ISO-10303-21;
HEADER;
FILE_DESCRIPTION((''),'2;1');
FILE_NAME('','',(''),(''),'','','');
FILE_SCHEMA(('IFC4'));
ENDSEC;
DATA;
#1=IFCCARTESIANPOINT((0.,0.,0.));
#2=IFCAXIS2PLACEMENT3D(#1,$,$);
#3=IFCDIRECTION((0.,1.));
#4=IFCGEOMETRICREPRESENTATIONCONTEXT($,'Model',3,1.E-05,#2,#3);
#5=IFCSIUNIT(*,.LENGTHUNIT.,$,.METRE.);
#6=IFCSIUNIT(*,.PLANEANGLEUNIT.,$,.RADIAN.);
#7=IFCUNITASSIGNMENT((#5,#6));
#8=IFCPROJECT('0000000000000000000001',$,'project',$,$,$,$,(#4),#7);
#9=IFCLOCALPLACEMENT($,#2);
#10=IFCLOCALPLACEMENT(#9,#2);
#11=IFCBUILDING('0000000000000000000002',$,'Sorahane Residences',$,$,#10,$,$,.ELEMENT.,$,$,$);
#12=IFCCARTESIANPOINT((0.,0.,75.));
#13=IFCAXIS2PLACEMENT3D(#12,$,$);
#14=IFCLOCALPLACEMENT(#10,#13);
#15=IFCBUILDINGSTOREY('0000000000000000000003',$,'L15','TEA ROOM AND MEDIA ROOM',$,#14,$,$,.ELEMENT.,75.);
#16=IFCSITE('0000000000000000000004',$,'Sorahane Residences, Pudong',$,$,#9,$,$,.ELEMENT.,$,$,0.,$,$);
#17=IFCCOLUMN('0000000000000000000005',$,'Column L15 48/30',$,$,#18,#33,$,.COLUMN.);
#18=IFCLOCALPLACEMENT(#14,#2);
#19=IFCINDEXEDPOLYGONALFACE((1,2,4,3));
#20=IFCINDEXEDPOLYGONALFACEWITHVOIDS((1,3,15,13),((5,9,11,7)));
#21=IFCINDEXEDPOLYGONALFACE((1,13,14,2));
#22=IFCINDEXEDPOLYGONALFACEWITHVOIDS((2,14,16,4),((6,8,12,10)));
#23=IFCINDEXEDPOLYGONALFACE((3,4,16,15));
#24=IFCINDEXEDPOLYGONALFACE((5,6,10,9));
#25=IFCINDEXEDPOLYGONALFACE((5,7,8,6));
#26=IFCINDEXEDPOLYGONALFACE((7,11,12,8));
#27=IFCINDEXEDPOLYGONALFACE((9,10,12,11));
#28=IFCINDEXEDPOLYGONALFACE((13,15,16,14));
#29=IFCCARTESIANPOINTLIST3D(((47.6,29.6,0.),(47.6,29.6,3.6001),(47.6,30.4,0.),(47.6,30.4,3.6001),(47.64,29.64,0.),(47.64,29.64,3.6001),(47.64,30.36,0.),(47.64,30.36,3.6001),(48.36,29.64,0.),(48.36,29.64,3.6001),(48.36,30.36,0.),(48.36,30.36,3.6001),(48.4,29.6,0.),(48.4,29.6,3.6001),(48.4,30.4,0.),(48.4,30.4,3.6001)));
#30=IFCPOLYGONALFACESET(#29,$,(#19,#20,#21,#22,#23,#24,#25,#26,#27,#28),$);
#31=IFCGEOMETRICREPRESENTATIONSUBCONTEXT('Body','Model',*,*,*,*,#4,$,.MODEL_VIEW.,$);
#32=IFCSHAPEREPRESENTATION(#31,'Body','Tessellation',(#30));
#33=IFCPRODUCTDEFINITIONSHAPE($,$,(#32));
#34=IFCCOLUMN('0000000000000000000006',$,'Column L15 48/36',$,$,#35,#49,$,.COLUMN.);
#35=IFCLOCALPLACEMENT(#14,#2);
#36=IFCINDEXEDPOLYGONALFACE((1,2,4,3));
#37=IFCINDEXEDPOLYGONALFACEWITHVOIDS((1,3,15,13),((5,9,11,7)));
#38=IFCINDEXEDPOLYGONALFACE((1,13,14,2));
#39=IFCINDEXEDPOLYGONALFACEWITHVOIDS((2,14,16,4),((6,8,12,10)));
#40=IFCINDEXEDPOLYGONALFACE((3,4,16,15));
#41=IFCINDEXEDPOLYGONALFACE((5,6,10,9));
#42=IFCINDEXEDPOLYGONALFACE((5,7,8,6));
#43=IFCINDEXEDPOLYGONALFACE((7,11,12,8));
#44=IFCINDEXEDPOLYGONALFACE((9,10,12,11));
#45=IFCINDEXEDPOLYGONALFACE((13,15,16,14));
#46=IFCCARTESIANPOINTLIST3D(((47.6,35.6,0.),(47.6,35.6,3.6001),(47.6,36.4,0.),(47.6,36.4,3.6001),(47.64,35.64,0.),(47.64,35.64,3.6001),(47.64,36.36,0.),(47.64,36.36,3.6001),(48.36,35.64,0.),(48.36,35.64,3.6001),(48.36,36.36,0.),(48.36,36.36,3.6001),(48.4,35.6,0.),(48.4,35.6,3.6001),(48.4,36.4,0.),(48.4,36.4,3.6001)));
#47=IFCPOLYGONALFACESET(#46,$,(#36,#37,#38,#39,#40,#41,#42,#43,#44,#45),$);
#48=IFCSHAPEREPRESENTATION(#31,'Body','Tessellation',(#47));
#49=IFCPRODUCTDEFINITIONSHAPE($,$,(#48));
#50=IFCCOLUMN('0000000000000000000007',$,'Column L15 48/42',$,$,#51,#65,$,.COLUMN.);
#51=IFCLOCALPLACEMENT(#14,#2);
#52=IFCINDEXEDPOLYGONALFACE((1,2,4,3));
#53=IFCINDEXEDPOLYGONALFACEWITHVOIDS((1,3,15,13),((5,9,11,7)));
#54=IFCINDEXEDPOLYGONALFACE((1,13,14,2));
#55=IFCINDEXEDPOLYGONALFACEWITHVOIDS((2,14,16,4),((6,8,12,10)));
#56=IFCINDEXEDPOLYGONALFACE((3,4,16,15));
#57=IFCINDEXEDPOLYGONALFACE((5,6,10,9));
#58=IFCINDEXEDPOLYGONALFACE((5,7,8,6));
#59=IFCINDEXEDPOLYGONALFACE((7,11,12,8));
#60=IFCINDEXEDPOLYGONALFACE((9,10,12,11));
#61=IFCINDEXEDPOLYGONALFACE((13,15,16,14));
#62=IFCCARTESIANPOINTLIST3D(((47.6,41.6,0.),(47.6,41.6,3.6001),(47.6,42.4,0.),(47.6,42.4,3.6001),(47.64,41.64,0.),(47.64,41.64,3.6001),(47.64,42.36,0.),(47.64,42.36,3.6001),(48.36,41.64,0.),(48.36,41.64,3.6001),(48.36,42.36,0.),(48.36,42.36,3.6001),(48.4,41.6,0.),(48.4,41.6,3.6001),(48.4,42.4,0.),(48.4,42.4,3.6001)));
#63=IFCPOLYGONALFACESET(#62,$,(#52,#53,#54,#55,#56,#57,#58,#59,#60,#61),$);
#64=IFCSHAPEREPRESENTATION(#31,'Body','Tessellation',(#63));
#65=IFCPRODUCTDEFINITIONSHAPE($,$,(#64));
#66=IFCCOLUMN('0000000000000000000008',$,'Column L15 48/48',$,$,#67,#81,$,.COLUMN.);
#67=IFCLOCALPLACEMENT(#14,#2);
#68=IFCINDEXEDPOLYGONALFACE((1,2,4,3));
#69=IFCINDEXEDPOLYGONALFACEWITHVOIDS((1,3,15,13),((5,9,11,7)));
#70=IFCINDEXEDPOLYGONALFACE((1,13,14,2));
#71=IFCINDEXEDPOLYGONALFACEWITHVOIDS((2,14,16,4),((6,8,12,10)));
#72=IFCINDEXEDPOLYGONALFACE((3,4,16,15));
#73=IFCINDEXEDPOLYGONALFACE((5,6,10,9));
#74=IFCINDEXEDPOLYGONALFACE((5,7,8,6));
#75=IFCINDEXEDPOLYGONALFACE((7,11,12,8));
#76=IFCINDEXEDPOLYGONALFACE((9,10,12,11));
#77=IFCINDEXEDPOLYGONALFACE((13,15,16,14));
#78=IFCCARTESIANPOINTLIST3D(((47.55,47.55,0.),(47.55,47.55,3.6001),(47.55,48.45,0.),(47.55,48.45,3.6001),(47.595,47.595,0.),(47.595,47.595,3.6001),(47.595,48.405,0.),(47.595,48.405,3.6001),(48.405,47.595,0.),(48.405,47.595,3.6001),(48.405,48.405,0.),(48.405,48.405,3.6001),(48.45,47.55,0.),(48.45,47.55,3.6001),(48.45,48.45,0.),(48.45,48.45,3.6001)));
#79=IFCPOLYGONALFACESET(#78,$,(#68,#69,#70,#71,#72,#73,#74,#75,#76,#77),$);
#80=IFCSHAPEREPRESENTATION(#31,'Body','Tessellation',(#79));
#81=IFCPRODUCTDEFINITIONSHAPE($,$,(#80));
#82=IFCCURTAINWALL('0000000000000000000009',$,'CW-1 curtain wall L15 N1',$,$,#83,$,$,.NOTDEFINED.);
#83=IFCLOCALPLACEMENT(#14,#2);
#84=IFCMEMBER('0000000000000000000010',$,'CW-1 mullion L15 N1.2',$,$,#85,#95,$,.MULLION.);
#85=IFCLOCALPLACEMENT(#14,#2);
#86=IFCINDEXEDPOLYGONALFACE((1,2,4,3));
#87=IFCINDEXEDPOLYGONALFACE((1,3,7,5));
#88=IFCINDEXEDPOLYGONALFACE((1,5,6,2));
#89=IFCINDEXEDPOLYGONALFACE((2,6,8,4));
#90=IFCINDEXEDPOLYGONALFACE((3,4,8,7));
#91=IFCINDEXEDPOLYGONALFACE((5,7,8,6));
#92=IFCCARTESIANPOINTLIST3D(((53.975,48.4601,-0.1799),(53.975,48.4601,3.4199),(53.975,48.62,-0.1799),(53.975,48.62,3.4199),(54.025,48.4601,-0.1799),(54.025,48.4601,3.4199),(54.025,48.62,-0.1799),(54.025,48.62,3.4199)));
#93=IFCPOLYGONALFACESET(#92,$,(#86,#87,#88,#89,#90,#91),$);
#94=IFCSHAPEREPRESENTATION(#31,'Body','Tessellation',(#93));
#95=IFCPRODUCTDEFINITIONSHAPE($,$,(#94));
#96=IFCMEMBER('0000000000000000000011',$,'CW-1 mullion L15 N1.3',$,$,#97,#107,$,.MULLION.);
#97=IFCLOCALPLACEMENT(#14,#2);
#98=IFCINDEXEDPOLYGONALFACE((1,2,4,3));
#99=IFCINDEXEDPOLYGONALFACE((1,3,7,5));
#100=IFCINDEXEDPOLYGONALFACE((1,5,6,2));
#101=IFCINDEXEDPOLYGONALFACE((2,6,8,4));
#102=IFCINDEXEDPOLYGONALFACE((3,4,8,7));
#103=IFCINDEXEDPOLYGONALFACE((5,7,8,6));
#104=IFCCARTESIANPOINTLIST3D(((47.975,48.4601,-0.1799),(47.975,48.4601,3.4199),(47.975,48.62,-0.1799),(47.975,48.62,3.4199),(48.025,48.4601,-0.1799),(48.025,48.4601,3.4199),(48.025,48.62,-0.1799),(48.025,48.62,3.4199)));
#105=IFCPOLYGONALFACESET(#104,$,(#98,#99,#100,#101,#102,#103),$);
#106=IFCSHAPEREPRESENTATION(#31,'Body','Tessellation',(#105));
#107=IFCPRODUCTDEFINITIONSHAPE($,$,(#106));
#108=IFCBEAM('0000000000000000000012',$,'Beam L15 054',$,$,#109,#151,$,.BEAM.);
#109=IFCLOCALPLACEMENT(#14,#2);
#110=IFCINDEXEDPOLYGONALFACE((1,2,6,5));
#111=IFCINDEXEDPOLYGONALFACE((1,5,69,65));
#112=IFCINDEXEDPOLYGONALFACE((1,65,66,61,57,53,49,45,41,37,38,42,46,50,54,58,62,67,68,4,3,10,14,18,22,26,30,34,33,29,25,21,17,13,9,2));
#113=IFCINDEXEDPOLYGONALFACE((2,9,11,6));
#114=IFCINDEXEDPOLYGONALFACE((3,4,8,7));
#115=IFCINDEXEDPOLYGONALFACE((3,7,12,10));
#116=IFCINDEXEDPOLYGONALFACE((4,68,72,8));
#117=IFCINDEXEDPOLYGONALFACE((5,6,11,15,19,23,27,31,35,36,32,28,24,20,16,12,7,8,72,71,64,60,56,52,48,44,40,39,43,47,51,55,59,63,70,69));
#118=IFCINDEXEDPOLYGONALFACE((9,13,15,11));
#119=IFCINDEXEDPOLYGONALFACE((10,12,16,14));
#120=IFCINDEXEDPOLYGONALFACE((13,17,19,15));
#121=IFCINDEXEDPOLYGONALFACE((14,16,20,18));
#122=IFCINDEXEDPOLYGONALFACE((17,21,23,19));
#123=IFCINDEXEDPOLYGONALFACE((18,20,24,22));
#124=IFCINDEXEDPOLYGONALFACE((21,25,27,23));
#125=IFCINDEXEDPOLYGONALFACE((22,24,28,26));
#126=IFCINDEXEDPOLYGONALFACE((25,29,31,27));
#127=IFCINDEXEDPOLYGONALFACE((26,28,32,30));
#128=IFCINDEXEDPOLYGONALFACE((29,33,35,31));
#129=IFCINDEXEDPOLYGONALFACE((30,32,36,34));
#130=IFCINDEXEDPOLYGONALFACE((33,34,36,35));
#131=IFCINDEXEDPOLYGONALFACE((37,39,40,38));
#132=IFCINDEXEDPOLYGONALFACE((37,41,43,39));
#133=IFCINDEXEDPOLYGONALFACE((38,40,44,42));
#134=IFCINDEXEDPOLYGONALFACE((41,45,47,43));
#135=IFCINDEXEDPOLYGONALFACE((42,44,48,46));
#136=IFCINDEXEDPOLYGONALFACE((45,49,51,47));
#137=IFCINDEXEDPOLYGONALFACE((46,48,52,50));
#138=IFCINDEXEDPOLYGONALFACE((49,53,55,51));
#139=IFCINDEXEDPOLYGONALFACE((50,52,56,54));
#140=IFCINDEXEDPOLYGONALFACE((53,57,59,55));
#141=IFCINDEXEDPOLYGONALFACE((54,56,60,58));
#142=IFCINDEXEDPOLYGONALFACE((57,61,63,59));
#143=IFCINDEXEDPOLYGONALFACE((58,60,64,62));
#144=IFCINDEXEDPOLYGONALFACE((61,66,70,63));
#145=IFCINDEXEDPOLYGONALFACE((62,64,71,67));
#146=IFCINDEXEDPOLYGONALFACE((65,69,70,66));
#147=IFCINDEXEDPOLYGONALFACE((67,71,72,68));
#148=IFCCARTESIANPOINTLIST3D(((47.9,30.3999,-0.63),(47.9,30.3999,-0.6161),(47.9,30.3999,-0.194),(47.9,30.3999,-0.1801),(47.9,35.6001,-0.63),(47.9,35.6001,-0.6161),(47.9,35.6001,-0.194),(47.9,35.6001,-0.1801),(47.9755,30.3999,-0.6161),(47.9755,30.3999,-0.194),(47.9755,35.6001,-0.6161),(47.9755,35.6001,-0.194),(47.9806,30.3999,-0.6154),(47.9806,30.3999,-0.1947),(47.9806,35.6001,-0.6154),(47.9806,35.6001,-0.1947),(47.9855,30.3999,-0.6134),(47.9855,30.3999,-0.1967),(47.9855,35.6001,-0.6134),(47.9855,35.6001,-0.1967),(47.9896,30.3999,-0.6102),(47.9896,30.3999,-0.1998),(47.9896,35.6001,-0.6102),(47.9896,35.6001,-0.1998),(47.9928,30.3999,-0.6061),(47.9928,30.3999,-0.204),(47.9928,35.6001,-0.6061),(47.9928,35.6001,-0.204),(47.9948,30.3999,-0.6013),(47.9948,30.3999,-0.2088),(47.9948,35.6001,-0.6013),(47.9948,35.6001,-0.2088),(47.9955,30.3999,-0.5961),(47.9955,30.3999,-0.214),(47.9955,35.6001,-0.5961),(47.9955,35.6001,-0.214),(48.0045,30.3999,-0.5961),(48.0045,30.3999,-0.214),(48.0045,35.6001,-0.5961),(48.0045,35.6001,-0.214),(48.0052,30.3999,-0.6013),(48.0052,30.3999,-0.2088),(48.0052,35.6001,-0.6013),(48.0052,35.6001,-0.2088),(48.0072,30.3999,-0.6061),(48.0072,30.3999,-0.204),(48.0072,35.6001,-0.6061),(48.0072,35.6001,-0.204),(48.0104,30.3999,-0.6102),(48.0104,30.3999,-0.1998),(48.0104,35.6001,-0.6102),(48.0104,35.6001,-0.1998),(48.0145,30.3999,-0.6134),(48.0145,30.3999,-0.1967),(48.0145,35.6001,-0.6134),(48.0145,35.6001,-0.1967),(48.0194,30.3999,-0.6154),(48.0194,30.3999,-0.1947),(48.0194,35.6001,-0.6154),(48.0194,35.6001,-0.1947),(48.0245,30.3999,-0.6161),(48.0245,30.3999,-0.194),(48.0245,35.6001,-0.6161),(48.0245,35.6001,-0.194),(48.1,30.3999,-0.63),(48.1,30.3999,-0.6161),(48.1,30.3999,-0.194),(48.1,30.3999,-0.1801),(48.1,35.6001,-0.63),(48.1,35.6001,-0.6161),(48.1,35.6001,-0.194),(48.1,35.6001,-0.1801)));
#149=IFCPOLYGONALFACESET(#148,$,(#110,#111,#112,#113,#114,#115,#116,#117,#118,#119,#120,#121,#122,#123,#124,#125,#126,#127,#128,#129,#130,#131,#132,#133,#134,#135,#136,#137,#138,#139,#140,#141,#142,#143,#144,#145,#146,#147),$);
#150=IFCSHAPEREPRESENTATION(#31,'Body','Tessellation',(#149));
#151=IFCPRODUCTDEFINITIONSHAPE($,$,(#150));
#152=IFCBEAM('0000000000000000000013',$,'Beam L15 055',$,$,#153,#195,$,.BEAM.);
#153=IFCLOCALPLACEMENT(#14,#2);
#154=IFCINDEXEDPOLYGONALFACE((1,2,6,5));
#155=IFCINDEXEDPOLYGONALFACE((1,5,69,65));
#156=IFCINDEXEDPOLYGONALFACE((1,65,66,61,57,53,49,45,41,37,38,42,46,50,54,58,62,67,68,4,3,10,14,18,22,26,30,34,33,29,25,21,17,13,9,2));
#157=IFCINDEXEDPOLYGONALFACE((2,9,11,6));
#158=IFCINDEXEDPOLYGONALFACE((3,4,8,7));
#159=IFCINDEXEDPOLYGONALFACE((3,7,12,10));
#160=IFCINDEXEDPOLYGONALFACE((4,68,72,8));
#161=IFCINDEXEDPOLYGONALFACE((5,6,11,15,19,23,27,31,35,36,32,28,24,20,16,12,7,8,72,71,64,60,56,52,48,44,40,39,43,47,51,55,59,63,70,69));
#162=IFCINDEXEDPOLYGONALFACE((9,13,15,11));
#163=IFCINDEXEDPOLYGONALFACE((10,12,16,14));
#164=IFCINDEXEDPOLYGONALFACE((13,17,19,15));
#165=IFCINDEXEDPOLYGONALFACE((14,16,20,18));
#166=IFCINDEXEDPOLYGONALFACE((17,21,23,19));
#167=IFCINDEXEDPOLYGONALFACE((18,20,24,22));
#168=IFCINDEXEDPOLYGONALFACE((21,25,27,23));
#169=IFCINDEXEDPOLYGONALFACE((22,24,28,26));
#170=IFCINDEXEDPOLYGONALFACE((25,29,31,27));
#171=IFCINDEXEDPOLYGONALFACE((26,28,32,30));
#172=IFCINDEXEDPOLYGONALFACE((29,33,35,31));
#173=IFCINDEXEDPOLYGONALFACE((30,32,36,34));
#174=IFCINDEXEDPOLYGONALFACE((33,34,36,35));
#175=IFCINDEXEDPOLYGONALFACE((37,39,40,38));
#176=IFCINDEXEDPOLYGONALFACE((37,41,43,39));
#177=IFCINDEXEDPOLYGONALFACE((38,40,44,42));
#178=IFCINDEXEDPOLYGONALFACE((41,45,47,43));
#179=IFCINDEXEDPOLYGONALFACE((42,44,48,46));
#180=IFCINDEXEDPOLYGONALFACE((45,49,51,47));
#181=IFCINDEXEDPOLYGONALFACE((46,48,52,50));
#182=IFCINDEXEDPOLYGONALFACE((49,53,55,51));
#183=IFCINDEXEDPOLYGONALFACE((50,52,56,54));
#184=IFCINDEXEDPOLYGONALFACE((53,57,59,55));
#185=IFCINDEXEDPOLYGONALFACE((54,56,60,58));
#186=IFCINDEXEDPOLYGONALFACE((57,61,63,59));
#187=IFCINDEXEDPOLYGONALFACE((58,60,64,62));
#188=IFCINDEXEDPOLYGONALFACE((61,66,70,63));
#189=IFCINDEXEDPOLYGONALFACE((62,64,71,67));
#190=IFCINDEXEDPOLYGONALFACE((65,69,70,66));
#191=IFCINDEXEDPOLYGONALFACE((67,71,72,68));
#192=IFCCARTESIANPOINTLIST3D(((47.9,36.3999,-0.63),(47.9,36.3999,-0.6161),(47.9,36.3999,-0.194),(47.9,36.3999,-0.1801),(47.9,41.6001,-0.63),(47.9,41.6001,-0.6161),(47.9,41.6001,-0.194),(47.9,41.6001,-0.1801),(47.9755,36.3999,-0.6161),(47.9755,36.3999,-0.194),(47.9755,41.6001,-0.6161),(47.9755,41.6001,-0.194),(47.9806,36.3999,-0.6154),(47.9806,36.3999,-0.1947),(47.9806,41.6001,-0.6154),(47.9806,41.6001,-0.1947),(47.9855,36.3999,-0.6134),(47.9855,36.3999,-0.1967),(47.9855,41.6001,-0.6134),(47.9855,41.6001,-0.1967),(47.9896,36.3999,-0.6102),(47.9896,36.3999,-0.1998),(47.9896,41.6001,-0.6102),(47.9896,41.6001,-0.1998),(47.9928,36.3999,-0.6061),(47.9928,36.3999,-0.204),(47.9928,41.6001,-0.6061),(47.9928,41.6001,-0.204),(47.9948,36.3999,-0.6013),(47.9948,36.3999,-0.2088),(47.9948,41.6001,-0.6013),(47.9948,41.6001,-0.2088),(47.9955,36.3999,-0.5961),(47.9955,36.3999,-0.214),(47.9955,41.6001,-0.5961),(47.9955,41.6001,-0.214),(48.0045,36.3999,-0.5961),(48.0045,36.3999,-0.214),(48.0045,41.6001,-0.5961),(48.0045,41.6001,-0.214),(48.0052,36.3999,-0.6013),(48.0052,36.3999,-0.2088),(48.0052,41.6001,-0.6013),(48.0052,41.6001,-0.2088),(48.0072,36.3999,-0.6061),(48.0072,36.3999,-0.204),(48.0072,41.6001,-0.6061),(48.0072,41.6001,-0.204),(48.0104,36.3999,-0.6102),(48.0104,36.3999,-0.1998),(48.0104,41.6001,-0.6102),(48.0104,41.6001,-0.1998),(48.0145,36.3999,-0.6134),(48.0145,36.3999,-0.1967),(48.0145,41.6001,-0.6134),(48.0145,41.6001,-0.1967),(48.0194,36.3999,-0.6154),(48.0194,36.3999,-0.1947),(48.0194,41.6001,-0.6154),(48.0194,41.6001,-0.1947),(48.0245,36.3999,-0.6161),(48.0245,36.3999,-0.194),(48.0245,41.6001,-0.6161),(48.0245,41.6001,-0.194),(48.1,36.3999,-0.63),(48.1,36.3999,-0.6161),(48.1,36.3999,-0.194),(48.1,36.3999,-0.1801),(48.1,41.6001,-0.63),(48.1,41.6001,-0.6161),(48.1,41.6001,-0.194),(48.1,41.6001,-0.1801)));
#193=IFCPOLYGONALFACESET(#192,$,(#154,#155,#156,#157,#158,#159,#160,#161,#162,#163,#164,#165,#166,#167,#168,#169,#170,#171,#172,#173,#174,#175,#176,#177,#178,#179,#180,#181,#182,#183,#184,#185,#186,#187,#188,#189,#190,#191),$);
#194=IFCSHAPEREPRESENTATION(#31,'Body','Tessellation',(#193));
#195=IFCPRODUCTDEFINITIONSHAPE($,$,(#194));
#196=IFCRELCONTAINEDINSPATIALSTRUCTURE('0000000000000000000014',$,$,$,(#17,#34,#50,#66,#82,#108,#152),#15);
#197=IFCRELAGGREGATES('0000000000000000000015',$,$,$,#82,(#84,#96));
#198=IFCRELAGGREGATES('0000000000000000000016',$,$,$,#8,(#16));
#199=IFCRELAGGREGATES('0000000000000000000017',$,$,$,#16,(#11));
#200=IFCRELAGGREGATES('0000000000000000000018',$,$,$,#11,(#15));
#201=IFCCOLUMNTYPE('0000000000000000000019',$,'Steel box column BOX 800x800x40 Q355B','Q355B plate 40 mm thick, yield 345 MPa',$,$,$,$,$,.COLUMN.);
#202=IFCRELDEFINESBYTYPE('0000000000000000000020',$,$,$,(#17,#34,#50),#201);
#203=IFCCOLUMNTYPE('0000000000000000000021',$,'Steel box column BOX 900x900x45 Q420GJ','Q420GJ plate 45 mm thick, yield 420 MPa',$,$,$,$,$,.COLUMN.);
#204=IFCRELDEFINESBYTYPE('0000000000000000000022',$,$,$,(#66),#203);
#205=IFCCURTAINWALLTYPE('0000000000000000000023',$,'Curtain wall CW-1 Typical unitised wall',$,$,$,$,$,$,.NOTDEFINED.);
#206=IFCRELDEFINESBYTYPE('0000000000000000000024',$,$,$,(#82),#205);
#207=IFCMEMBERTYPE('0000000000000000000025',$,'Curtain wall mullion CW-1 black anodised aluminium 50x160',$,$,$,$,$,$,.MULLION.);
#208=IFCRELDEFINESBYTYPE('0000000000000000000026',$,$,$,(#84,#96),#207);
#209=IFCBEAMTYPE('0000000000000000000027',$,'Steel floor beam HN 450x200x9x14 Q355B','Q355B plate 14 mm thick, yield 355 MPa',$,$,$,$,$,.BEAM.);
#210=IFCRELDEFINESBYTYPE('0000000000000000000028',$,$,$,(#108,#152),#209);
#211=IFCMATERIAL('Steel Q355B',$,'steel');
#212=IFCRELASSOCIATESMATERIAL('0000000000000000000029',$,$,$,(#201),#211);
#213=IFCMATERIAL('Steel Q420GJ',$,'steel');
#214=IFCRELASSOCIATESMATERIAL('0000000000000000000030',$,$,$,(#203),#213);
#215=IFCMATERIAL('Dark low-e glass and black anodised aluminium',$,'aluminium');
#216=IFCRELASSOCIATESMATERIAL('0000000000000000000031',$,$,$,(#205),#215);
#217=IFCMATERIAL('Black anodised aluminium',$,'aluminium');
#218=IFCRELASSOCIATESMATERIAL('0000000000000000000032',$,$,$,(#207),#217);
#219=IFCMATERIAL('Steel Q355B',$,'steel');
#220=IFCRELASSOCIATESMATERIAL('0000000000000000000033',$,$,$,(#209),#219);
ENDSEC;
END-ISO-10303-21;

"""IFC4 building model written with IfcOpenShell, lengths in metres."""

from ifc_helpers import new_model, si_unit, direction, frame, origin, origin_2d, place, context, subcontext, project, spatial, rectangle, hollow_rectangle, i_section, extrude, material, material_profile, profile_set, type_object, element, aggregate, save


model = new_model("IFC4")

# Units and contexts
model_context = context("Model", 3, precision=1e-05, world=origin(), true_north=direction((0.0, 1.0)))
body_context = subcontext(model_context, "Body", "Model", "MODEL_VIEW")
ifc_project = project(units=[si_unit("LENGTHUNIT", "METRE"), si_unit("PLANEANGLEUNIT", "RADIAN")], contexts=[model_context])

# Site, building, storey
site_placement = place(None, origin())
site = spatial("IfcSite", under=ifc_project, at=site_placement, Name="Sorahane Residences, Pudong", CompositionType="ELEMENT", RefElevation=0.0)
building_placement = place(site_placement, origin())
building = spatial("IfcBuilding", under=site, at=building_placement, Name="Sorahane Residences", CompositionType="ELEMENT")
storey_placement = place(building_placement, frame((0.0, 0.0, 75.0)))
storey = spatial("IfcBuildingStorey", under=building, at=storey_placement, Name="L15", Description="TEA ROOM AND MEDIA ROOM", CompositionType="ELEMENT", Elevation=75.0)

# Columns
ifc_material_1 = material(Name="Steel Q355B", Category="steel")
ifc_material_profile_1 = material_profile(ifc_material_1, hollow_rectangle(XDim=0.8, YDim=0.8, WallThickness=0.04, at=origin_2d()), Name="BOX 800x800x40")
ifc_profile_set_1 = profile_set([ifc_material_profile_1], Name="Steel Q355B")
column_type_1 = type_object("IfcColumnType", Name="Steel box column BOX 800x800x40 Q355B", Description="Q355B plate 40 mm thick, yield 345 MPa", PredefinedType="COLUMN", material=ifc_profile_set_1)
for number, where, z_axis, x_axis, name in (
    (1, (48.0, 30.0, 0.0), (0.0, 0.0, 1.0), (1.0, 0.0, 0.0), "Column L15 48/30"),
    (2, (48.0, 36.0, 0.0), (0.0, 0.0, 1.0), (1.0, 0.0, 0.0), "Column L15 48/36"),
    (3, (48.0, 42.0, 0.0), (0.0, 0.0, 1.0), (1.0, 0.0, 0.0), "Column L15 48/42"),
):
    element("IfcColumn", number, at=place(storey_placement, frame(where, z_axis=z_axis, x_axis=x_axis)), inside=storey, type_object=column_type_1, Name=name, PredefinedType="COLUMN", context=body_context, shape_type="SweptSolid", body=[
        extrude(hollow_rectangle(XDim=0.8, YDim=0.8, WallThickness=0.04, at=origin_2d()), origin(), (0.0, 0.0, 1.0), 3.6001),
    ])
ifc_material_2 = material(Name="Steel Q420GJ", Category="steel")
ifc_material_profile_2 = material_profile(ifc_material_2, hollow_rectangle(XDim=0.8999, YDim=0.8999, WallThickness=0.0449, at=origin_2d()), Name="BOX 900x900x45")
ifc_profile_set_2 = profile_set([ifc_material_profile_2], Name="Steel Q420GJ")
column_type_2 = type_object("IfcColumnType", Name="Steel box column BOX 900x900x45 Q420GJ", Description="Q420GJ plate 45 mm thick, yield 420 MPa", PredefinedType="COLUMN", material=ifc_profile_set_2)
column_placement = place(storey_placement, frame((48.0, 48.0, 0.0), z_axis=(0.0, 0.0, 1.0), x_axis=(1.0, 0.0, 0.0)))
element("IfcColumn", 4, at=column_placement, inside=storey, type_object=column_type_2, Name="Column L15 48/48", PredefinedType="COLUMN", context=body_context, shape_type="SweptSolid", body=[
    extrude(hollow_rectangle(XDim=0.8999, YDim=0.8999, WallThickness=0.0449, at=origin_2d()), origin(), (0.0, 0.0, 1.0), 3.6001),
])

# Curtain wall, members
ifc_material_3 = material(Name="Dark low-e glass and black anodised aluminium", Category="aluminium")
curtain_wall_type = type_object("IfcCurtainWallType", Name="Curtain wall CW-1 Typical unitised wall", PredefinedType="NOTDEFINED", material=ifc_material_3)
curtain_wall_placement = place(storey_placement, origin())
curtain_wall = element("IfcCurtainWall", 5, at=curtain_wall_placement, inside=storey, type_object=curtain_wall_type, Name="CW-1 curtain wall L15 N1", PredefinedType="NOTDEFINED")
ifc_material_4 = material(Name="Black anodised aluminium", Category="aluminium")
ifc_material_profile_3 = material_profile(ifc_material_4, rectangle(XDim=0.1599, YDim=0.05, at=origin_2d()), Name="Curtain wall mullion CW-1 black anodised aluminium 50x160")
ifc_profile_set_3 = profile_set([ifc_material_profile_3], Name="Black anodised aluminium")
member_type = type_object("IfcMemberType", Name="Curtain wall mullion CW-1 black anodised aluminium 50x160", PredefinedType="MULLION", material=ifc_profile_set_3)
member_1_placement = place(storey_placement, frame((54.0, 48.54, -0.1799), z_axis=(0.0, 0.0, 1.0), x_axis=(0.0, 1.0, 0.0)))
member_1 = element("IfcMember", 6, at=member_1_placement, type_object=member_type, Name="CW-1 mullion L15 N1.2", PredefinedType="MULLION", context=body_context, shape_type="SweptSolid", body=[
    extrude(rectangle(XDim=0.1599, YDim=0.05, at=origin_2d()), origin(), (0.0, 0.0, 1.0), 3.5999),
])
member_2_placement = place(storey_placement, frame((48.0, 48.54, -0.1799), z_axis=(0.0, 0.0, 1.0), x_axis=(0.0, 1.0, 0.0)))
member_2 = element("IfcMember", 7, at=member_2_placement, type_object=member_type, Name="CW-1 mullion L15 N1.3", PredefinedType="MULLION", context=body_context, shape_type="SweptSolid", body=[
    extrude(rectangle(XDim=0.1599, YDim=0.05, at=origin_2d()), origin(), (0.0, 0.0, 1.0), 3.5999),
])

# Beams
ifc_material_5 = material(Name="Steel Q355B", Category="steel")
ifc_material_profile_4 = material_profile(ifc_material_5, i_section(OverallWidth=0.2, OverallDepth=0.45, WebThickness=0.009, FlangeThickness=0.0139, FilletRadius=0.02, at=origin_2d()), Name="HN 450x200x9x14")
ifc_profile_set_4 = profile_set([ifc_material_profile_4], Name="Steel Q355B")
beam_type_1 = type_object("IfcBeamType", Name="Steel floor beam HN 450x200x9x14 Q355B", Description="Q355B plate 14 mm thick, yield 355 MPa", PredefinedType="BEAM", material=ifc_profile_set_4)
for number, where, z_axis, x_axis, name in (
    (8, (48.0, 30.3999, -0.405), (0.0, 1.0, 0.0), (-1.0, 0.0, 0.0), "Beam L15 054"),
    (9, (48.0, 36.3999, -0.405), (0.0, 1.0, 0.0), (-1.0, 0.0, 0.0), "Beam L15 055"),
):
    element("IfcBeam", number, at=place(storey_placement, frame(where, z_axis=z_axis, x_axis=x_axis)), inside=storey, type_object=beam_type_1, Name=name, PredefinedType="BEAM", context=body_context, shape_type="SweptSolid", body=[
        extrude(i_section(OverallWidth=0.2, OverallDepth=0.45, WebThickness=0.009, FlangeThickness=0.0139, FilletRadius=0.02, at=origin_2d()), origin(), (0.0, 0.0, 1.0), 5.2002),
    ])

aggregate(curtain_wall, [member_1, member_2])

save(model, "model.ifc")
